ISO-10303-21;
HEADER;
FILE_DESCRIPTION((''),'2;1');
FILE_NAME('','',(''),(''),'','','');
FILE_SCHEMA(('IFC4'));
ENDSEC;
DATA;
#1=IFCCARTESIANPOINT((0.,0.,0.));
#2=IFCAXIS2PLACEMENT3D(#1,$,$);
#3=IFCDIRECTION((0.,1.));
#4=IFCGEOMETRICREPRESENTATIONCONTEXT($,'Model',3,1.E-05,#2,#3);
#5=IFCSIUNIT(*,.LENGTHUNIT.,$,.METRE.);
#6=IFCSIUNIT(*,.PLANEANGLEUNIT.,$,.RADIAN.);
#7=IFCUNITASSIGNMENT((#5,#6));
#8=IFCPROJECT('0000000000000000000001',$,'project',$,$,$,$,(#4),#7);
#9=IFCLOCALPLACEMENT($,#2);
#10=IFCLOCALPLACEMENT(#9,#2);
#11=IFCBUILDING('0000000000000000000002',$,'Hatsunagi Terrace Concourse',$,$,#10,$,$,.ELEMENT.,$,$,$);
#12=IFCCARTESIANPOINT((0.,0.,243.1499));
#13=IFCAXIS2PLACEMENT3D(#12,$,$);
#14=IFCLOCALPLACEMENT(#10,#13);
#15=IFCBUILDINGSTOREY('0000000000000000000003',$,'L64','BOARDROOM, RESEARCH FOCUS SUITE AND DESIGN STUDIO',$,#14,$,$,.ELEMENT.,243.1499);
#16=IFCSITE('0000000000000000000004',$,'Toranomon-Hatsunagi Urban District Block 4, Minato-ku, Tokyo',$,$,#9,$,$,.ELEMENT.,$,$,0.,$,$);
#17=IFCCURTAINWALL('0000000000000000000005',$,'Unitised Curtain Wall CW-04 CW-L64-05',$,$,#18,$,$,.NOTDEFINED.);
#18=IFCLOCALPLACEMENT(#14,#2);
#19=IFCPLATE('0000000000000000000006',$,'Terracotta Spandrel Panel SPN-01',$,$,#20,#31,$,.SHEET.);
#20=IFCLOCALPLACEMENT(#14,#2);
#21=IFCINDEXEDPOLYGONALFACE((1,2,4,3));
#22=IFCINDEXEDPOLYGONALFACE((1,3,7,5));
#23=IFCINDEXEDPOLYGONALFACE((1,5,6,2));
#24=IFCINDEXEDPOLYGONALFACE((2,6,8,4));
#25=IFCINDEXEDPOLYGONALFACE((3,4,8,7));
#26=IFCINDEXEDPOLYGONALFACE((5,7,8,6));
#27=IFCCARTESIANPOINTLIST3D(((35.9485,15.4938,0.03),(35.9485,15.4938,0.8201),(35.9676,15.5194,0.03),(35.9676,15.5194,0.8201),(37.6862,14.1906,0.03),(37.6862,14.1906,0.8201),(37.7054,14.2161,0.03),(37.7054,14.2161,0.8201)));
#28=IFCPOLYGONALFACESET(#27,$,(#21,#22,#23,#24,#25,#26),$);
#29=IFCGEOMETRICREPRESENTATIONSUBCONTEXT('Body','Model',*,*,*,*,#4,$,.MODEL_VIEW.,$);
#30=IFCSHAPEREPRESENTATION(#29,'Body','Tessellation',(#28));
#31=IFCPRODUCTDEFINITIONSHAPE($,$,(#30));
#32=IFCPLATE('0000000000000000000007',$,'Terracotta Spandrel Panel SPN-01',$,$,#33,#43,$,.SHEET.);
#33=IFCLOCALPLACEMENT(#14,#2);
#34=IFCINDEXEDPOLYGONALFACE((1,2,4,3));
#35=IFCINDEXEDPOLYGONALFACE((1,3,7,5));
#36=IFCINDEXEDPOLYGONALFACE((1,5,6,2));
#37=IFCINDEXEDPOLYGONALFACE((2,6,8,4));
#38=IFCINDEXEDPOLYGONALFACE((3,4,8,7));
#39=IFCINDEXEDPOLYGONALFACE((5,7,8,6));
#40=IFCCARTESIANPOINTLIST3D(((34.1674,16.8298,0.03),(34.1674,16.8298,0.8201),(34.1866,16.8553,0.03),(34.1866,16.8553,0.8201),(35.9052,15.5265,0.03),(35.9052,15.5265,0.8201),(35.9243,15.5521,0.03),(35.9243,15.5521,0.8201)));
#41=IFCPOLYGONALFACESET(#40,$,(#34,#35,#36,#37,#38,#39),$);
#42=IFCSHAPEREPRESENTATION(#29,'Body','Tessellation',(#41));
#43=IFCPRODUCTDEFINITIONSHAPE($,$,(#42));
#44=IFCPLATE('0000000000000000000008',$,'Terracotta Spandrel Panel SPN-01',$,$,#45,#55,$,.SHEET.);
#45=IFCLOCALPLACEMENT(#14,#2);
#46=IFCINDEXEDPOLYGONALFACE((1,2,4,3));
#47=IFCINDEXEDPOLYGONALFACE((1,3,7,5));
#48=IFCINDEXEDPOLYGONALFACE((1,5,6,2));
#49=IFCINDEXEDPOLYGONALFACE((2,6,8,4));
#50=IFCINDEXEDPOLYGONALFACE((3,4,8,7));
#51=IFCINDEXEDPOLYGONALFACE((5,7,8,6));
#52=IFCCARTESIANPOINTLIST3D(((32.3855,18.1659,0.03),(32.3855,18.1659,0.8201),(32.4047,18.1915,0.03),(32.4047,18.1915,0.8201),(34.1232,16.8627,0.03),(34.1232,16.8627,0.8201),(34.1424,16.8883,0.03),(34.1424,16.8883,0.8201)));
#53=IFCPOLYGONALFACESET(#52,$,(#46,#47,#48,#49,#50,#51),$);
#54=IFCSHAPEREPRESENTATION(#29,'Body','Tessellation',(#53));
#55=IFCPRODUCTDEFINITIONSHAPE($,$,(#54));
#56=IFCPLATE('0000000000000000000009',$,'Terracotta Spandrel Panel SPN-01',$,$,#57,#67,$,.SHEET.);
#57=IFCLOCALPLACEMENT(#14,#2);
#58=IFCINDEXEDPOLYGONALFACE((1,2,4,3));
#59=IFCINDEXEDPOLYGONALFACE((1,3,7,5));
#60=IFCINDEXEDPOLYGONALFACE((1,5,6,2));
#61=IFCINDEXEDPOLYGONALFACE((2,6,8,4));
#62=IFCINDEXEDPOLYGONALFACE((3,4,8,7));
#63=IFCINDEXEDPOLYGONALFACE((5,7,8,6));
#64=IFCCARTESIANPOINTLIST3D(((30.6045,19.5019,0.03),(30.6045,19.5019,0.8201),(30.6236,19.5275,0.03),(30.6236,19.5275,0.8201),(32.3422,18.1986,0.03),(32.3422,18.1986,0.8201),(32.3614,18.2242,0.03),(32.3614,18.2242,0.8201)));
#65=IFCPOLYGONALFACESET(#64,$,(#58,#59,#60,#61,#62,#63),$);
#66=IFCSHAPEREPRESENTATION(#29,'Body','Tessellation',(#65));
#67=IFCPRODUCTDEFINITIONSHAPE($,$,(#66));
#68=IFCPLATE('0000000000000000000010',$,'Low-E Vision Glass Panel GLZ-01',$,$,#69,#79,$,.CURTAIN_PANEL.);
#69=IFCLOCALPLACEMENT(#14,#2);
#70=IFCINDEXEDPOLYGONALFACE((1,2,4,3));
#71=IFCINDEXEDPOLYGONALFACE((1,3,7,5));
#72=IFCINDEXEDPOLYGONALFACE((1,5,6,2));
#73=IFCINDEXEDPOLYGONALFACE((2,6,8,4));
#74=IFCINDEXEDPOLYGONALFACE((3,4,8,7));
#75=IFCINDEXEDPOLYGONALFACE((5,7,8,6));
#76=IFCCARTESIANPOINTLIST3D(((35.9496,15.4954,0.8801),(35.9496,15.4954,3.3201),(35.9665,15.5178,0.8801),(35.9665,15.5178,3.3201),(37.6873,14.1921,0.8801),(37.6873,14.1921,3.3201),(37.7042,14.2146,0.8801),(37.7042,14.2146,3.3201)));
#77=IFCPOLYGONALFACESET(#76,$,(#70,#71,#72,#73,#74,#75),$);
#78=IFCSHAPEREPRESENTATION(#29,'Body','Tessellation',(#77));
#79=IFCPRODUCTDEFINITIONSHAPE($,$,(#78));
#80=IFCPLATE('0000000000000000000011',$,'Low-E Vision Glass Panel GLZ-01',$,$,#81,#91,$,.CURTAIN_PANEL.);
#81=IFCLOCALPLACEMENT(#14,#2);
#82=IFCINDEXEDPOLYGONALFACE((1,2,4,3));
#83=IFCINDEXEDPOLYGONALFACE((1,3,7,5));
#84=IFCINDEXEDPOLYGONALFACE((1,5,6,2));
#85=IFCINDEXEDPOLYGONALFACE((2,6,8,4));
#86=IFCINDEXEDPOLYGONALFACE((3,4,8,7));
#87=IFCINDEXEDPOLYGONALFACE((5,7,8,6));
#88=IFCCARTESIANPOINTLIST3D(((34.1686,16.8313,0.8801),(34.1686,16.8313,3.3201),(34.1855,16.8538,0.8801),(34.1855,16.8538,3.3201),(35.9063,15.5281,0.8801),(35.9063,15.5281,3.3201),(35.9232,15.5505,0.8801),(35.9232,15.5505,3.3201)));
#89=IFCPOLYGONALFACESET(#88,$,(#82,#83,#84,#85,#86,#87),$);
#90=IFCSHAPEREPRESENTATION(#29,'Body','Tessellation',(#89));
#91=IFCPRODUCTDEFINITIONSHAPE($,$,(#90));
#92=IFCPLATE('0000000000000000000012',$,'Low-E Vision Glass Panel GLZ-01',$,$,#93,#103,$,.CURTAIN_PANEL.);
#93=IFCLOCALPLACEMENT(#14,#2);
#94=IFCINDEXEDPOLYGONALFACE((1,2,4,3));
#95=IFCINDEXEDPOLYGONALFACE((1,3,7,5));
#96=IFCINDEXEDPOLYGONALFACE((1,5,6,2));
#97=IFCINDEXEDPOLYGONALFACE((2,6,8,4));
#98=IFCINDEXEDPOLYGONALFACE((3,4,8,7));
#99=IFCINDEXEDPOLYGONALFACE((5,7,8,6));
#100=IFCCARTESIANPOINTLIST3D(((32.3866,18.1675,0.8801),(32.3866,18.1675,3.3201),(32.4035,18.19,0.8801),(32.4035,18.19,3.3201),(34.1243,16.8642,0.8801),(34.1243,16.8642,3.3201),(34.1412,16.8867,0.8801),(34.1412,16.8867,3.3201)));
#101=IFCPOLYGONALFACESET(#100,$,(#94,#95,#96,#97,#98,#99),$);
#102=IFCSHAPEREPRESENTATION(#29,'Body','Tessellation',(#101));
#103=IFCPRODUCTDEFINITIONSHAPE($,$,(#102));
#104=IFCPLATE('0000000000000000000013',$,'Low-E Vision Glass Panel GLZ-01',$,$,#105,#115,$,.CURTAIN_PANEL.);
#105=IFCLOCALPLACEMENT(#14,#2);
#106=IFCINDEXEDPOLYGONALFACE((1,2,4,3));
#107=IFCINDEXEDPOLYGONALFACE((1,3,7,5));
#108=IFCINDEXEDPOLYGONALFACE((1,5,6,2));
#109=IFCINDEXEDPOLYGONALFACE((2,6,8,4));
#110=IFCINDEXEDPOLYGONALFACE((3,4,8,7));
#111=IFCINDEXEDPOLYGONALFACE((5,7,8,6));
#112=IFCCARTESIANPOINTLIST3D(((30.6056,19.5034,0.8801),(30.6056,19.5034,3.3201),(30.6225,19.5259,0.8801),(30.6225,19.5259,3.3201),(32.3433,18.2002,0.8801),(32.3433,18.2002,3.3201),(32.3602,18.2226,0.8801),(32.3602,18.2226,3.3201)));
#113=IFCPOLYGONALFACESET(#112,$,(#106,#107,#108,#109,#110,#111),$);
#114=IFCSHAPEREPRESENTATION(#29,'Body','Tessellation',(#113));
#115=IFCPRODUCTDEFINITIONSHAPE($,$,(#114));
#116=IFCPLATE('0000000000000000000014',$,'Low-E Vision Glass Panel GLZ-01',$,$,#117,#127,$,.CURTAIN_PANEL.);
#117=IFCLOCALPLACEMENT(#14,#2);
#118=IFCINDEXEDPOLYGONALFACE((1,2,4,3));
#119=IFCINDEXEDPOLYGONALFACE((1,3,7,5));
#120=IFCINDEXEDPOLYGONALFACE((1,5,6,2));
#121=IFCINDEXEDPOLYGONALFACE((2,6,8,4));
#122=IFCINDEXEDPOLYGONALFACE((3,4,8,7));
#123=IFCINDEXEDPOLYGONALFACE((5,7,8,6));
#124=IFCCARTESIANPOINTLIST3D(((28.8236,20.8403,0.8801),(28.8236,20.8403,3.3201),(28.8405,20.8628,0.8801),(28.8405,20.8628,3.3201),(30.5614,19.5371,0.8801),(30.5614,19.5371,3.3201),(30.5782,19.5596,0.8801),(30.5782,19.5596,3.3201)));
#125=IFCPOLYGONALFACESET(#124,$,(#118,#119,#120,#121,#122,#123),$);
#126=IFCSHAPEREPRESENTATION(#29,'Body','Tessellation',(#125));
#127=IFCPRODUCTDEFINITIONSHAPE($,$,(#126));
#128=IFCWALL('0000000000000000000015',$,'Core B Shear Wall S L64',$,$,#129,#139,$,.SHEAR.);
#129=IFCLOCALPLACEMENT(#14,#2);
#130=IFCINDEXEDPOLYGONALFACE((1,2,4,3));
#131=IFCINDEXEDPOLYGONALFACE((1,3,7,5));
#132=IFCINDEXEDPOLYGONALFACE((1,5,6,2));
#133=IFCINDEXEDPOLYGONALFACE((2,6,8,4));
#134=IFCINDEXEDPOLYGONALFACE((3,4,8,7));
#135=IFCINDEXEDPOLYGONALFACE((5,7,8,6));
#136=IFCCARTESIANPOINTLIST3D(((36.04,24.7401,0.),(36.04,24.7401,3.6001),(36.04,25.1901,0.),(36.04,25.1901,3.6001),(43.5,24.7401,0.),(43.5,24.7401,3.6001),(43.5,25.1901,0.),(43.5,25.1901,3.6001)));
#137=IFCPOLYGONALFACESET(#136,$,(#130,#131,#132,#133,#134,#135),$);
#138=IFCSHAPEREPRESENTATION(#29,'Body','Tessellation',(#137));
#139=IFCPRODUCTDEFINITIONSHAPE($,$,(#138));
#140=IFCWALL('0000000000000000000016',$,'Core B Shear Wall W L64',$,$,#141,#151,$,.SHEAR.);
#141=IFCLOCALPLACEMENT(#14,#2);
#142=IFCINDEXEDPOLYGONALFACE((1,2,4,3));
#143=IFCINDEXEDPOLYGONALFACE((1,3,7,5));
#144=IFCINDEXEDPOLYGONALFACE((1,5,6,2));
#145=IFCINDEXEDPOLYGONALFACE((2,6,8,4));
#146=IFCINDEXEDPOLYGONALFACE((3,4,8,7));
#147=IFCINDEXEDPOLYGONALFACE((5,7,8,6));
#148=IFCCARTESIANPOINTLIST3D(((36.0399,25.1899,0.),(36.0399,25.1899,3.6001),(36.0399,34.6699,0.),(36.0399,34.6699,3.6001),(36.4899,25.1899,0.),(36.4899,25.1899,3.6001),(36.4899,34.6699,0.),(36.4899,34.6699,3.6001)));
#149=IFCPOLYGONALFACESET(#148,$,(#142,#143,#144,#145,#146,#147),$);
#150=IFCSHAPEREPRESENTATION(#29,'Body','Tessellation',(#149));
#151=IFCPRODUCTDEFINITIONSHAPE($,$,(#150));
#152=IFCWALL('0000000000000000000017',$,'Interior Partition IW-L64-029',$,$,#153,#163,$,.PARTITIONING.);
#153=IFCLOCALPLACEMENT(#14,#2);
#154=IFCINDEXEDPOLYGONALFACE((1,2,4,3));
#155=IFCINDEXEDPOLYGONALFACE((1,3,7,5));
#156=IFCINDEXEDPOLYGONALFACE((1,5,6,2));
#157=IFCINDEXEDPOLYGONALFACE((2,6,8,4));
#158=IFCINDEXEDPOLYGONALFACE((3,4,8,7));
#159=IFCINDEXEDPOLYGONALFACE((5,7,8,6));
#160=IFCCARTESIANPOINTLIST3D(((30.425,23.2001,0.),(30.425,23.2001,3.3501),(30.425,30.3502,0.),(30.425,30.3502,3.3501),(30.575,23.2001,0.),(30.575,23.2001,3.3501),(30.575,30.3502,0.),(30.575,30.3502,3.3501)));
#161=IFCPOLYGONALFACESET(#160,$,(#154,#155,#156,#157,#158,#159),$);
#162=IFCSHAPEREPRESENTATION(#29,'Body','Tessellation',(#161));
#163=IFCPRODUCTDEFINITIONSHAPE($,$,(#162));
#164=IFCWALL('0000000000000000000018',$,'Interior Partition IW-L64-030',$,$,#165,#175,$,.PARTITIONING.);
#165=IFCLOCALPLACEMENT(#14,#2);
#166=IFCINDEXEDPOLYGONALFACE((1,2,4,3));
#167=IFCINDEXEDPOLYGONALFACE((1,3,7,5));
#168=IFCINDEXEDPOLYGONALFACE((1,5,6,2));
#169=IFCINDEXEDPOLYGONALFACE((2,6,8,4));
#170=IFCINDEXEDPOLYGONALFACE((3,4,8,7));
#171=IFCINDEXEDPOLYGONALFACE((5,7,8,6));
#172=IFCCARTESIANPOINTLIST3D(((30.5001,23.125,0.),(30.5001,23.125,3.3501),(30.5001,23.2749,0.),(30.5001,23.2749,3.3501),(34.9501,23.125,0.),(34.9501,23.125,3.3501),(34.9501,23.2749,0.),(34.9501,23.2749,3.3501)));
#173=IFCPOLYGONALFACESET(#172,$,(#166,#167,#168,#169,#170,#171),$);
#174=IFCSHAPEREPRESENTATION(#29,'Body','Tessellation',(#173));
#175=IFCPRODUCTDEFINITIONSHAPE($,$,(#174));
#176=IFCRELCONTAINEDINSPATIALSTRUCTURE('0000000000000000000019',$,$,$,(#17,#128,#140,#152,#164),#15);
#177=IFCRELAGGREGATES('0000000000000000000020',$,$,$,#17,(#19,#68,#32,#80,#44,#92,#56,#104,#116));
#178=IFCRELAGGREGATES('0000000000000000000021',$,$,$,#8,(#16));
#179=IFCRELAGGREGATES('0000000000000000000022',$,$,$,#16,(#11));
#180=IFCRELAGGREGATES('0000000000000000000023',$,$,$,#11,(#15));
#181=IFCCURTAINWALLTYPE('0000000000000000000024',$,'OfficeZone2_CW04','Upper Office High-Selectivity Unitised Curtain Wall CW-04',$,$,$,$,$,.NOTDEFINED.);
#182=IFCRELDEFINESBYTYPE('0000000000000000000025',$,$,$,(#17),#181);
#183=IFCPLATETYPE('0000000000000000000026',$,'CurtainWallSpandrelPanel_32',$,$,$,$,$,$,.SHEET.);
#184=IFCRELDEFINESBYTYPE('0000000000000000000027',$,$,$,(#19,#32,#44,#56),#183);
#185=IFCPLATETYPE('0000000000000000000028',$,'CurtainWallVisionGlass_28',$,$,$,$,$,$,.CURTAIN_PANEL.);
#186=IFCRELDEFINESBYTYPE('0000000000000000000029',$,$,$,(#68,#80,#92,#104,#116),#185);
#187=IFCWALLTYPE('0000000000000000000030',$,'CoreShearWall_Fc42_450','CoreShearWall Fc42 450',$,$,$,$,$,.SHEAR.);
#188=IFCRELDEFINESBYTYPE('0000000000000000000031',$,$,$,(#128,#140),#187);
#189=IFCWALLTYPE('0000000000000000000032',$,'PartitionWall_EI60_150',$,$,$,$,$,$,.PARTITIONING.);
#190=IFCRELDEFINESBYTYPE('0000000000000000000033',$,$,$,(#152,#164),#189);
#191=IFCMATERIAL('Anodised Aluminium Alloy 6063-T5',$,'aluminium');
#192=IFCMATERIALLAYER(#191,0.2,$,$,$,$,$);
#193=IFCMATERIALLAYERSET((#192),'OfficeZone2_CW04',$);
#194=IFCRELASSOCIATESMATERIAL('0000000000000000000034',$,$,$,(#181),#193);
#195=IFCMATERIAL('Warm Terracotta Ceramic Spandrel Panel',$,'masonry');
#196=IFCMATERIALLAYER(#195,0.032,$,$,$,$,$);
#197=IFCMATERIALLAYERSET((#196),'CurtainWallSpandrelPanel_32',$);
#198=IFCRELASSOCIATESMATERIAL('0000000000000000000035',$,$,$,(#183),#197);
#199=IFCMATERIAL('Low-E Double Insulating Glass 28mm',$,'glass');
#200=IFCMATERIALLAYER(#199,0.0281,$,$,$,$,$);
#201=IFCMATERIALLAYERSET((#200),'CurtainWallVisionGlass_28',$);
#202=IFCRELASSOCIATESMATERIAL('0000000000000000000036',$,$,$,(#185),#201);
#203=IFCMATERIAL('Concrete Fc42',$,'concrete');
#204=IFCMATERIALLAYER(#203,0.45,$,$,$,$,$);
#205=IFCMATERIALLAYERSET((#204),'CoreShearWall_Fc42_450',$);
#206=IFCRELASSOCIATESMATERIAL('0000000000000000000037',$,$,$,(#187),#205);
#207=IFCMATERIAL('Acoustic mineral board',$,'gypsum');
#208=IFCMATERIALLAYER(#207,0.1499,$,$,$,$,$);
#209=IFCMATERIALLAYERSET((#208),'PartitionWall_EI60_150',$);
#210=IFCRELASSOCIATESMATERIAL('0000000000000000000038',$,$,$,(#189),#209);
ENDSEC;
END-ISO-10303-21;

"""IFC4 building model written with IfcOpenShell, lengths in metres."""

from ifc_helpers import new_model, si_unit, direction, frame, frame_2d, origin, origin_2d, place, context, subcontext, project, spatial, rectangle, extrude, material, layer, layer_set, type_object, element, aggregate, save


model = new_model("IFC4")

# Units and contexts
model_context = context("Model", 3, precision=1e-05, world=origin(), true_north=direction((0.0, 1.0)))
body_context = subcontext(model_context, "Body", "Model", "MODEL_VIEW")
ifc_project = project(units=[si_unit("LENGTHUNIT", "METRE"), si_unit("PLANEANGLEUNIT", "RADIAN")], contexts=[model_context])

# Site, building, storey
site_placement = place(None, origin())
site = spatial("IfcSite", under=ifc_project, at=site_placement, Name="Toranomon-Hatsunagi Urban District Block 4, Minato-ku, Tokyo", CompositionType="ELEMENT", RefElevation=0.0)
building_placement = place(site_placement, origin())
building = spatial("IfcBuilding", under=site, at=building_placement, Name="Hatsunagi Terrace Concourse", CompositionType="ELEMENT")
storey_placement = place(building_placement, frame((0.0, 0.0, 243.1499)))
storey = spatial("IfcBuildingStorey", under=building, at=storey_placement, Name="L64", Description="BOARDROOM, RESEARCH FOCUS SUITE AND DESIGN STUDIO", CompositionType="ELEMENT", Elevation=243.1499)

# Curtain wall
ifc_material_1 = material(Name="Anodised Aluminium Alloy 6063-T5", Category="aluminium")
ifc_layer_1 = layer(ifc_material_1, 0.2)
ifc_layer_set_1 = layer_set([ifc_layer_1], Name="OfficeZone2_CW04")
curtain_wall_type = type_object("IfcCurtainWallType", Name="OfficeZone2_CW04", Description="Upper Office High-Selectivity Unitised Curtain Wall CW-04", PredefinedType="NOTDEFINED", material=ifc_layer_set_1)
curtain_wall_placement = place(storey_placement, origin())
curtain_wall = element("IfcCurtainWall", 1, at=curtain_wall_placement, inside=storey, type_object=curtain_wall_type, Name="Unitised Curtain Wall CW-04 CW-L64-05", PredefinedType="NOTDEFINED")

# Plates
ifc_material_2 = material(Name="Warm Terracotta Ceramic Spandrel Panel", Category="masonry")
ifc_layer_2 = layer(ifc_material_2, 0.032)
ifc_layer_set_2 = layer_set([ifc_layer_2], Name="CurtainWallSpandrelPanel_32")
plate_type_1 = type_object("IfcPlateType", Name="CurtainWallSpandrelPanel_32", PredefinedType="SHEET", material=ifc_layer_set_2)
plate_1_placement = place(storey_placement, frame((36.8269, 14.855, 0.03), z_axis=(0.0, 0.0, 1.0), x_axis=(-0.800007, 0.59999, 0.0)))
plate_1 = element("IfcPlate", 2, at=plate_1_placement, type_object=plate_type_1, Name="Terracotta Spandrel Panel SPN-01", PredefinedType="SHEET", context=body_context, shape_type="SweptSolid", body=[
    extrude(rectangle(XDim=2.1721, YDim=0.032, at=origin_2d()), origin(), (0.0, 0.0, 1.0), 0.79),
])
plate_2_placement = place(storey_placement, frame((35.0459, 16.1909, 0.03), z_axis=(0.0, 0.0, 1.0), x_axis=(-0.800007, 0.59999, 0.0)))
plate_2 = element("IfcPlate", 3, at=plate_2_placement, type_object=plate_type_1, Name="Terracotta Spandrel Panel SPN-01", PredefinedType="SHEET", context=body_context, shape_type="SweptSolid", body=[
    extrude(rectangle(XDim=2.1721, YDim=0.032, at=origin_2d()), origin(), (0.0, 0.0, 1.0), 0.79),
])
plate_3_placement = place(storey_placement, frame((33.2639, 17.5271, 0.03), z_axis=(0.0, 0.0, 1.0), x_axis=(-0.800007, 0.59999, 0.0)))
plate_3 = element("IfcPlate", 4, at=plate_3_placement, type_object=plate_type_1, Name="Terracotta Spandrel Panel SPN-01", PredefinedType="SHEET", context=body_context, shape_type="SweptSolid", body=[
    extrude(rectangle(XDim=2.1721, YDim=0.032, at=origin_2d()), origin(), (0.0, 0.0, 1.0), 0.79),
])
plate_4_placement = place(storey_placement, frame((31.4829, 18.863, 0.03), z_axis=(0.0, 0.0, 1.0), x_axis=(-0.800007, 0.59999, 0.0)))
plate_4 = element("IfcPlate", 5, at=plate_4_placement, type_object=plate_type_1, Name="Terracotta Spandrel Panel SPN-01", PredefinedType="SHEET", context=body_context, shape_type="SweptSolid", body=[
    extrude(rectangle(XDim=2.1721, YDim=0.032, at=origin_2d()), origin(), (0.0, 0.0, 1.0), 0.79),
])
ifc_material_3 = material(Name="Low-E Double Insulating Glass 28mm", Category="glass")
ifc_layer_3 = layer(ifc_material_3, 0.0281)
ifc_layer_set_3 = layer_set([ifc_layer_3], Name="CurtainWallVisionGlass_28")
plate_type_2 = type_object("IfcPlateType", Name="CurtainWallVisionGlass_28", PredefinedType="CURTAIN_PANEL", material=ifc_layer_set_3)
plate_5_placement = place(storey_placement, frame((36.8269, 14.855, 0.8801), z_axis=(0.0, 0.0, 1.0), x_axis=(-0.800007, 0.59999, 0.0)))
plate_5 = element("IfcPlate", 6, at=plate_5_placement, type_object=plate_type_2, Name="Low-E Vision Glass Panel GLZ-01", PredefinedType="CURTAIN_PANEL", context=body_context, shape_type="SweptSolid", body=[
    extrude(rectangle(XDim=2.1721, YDim=0.0281, at=origin_2d()), origin(), (0.0, 0.0, 1.0), 2.4399),
])
plate_6_placement = place(storey_placement, frame((35.0459, 16.1909, 0.8801), z_axis=(0.0, 0.0, 1.0), x_axis=(-0.800007, 0.59999, 0.0)))
plate_6 = element("IfcPlate", 7, at=plate_6_placement, type_object=plate_type_2, Name="Low-E Vision Glass Panel GLZ-01", PredefinedType="CURTAIN_PANEL", context=body_context, shape_type="SweptSolid", body=[
    extrude(rectangle(XDim=2.1721, YDim=0.0281, at=origin_2d()), origin(), (0.0, 0.0, 1.0), 2.4399),
])
plate_7_placement = place(storey_placement, frame((33.2639, 17.5271, 0.8801), z_axis=(0.0, 0.0, 1.0), x_axis=(-0.800007, 0.59999, 0.0)))
plate_7 = element("IfcPlate", 8, at=plate_7_placement, type_object=plate_type_2, Name="Low-E Vision Glass Panel GLZ-01", PredefinedType="CURTAIN_PANEL", context=body_context, shape_type="SweptSolid", body=[
    extrude(rectangle(XDim=2.1721, YDim=0.0281, at=origin_2d()), origin(), (0.0, 0.0, 1.0), 2.4399),
])
plate_8_placement = place(storey_placement, frame((31.4829, 18.863, 0.8801), z_axis=(0.0, 0.0, 1.0), x_axis=(-0.800007, 0.59999, 0.0)))
plate_8 = element("IfcPlate", 9, at=plate_8_placement, type_object=plate_type_2, Name="Low-E Vision Glass Panel GLZ-01", PredefinedType="CURTAIN_PANEL", context=body_context, shape_type="SweptSolid", body=[
    extrude(rectangle(XDim=2.1721, YDim=0.0281, at=origin_2d()), origin(), (0.0, 0.0, 1.0), 2.4399),
])
plate_9_placement = place(storey_placement, frame((29.7009, 20.2, 0.8801), z_axis=(0.0, 0.0, 1.0), x_axis=(-0.800007, 0.59999, 0.0)))
plate_9 = element("IfcPlate", 10, at=plate_9_placement, type_object=plate_type_2, Name="Low-E Vision Glass Panel GLZ-01", PredefinedType="CURTAIN_PANEL", context=body_context, shape_type="SweptSolid", body=[
    extrude(rectangle(XDim=2.1721, YDim=0.0281, at=origin_2d()), origin(), (0.0, 0.0, 1.0), 2.4399),
])
aggregate(curtain_wall, [plate_1, plate_5, plate_2, plate_6, plate_3, plate_7, plate_4, plate_8, plate_9])

# Walls
ifc_material_4 = material(Name="Concrete Fc42", Category="concrete")
ifc_layer_4 = layer(ifc_material_4, 0.45)
ifc_layer_set_4 = layer_set([ifc_layer_4], Name="CoreShearWall_Fc42_450")
wall_type_1 = type_object("IfcWallType", Name="CoreShearWall_Fc42_450", Description="CoreShearWall Fc42 450", PredefinedType="SHEAR", material=ifc_layer_set_4)
wall_1_placement = place(storey_placement, frame((36.04, 24.9651, 0.0), z_axis=(0.0, 0.0, 1.0), x_axis=(1.0, 0.0, 0.0)))
element("IfcWall", 11, at=wall_1_placement, inside=storey, type_object=wall_type_1, Name="Core B Shear Wall S L64", PredefinedType="SHEAR", context=body_context, shape_type="SweptSolid", body=[
    extrude(rectangle(XDim=7.46, YDim=0.45, at=frame_2d((3.73, 0.0))), origin(), (0.0, 0.0, 1.0), 3.6001),
])
wall_2_placement = place(storey_placement, frame((36.2649, 25.1899, 0.0), z_axis=(0.0, 0.0, 1.0), x_axis=(0.0, 1.0, 0.0)))
element("IfcWall", 12, at=wall_2_placement, inside=storey, type_object=wall_type_1, Name="Core B Shear Wall W L64", PredefinedType="SHEAR", context=body_context, shape_type="SweptSolid", body=[
    extrude(rectangle(XDim=9.48, YDim=0.45, at=frame_2d((4.74, 0.0))), origin(), (0.0, 0.0, 1.0), 3.6001),
])
ifc_material_5 = material(Name="Acoustic mineral board", Category="gypsum")
ifc_layer_5 = layer(ifc_material_5, 0.1499)
ifc_layer_set_5 = layer_set([ifc_layer_5], Name="PartitionWall_EI60_150")
wall_type_2 = type_object("IfcWallType", Name="PartitionWall_EI60_150", PredefinedType="PARTITIONING", material=ifc_layer_set_5)
wall_3_placement = place(storey_placement, frame((30.5, 23.2, 0.0), z_axis=(0.0, 0.0, 1.0), x_axis=(0.0, 1.0, 0.0)))
element("IfcWall", 13, at=wall_3_placement, inside=storey, type_object=wall_type_2, Name="Interior Partition IW-L64-029", PredefinedType="PARTITIONING", context=body_context, shape_type="SweptSolid", body=[
    extrude(rectangle(XDim=7.1501, YDim=0.1499, at=frame_2d((3.5752, 0.0))), origin(), (0.0, 0.0, 1.0), 3.3501),
])
wall_4_placement = place(storey_placement, frame((30.5, 23.2, 0.0), z_axis=(0.0, 0.0, 1.0), x_axis=(1.0, 0.0, 0.0)))
element("IfcWall", 14, at=wall_4_placement, inside=storey, type_object=wall_type_2, Name="Interior Partition IW-L64-030", PredefinedType="PARTITIONING", context=body_context, shape_type="SweptSolid", body=[
    extrude(rectangle(XDim=4.45, YDim=0.1499, at=frame_2d((2.2251, 0.0))), origin(), (0.0, 0.0, 1.0), 3.3501),
])

save(model, "model.ifc")
